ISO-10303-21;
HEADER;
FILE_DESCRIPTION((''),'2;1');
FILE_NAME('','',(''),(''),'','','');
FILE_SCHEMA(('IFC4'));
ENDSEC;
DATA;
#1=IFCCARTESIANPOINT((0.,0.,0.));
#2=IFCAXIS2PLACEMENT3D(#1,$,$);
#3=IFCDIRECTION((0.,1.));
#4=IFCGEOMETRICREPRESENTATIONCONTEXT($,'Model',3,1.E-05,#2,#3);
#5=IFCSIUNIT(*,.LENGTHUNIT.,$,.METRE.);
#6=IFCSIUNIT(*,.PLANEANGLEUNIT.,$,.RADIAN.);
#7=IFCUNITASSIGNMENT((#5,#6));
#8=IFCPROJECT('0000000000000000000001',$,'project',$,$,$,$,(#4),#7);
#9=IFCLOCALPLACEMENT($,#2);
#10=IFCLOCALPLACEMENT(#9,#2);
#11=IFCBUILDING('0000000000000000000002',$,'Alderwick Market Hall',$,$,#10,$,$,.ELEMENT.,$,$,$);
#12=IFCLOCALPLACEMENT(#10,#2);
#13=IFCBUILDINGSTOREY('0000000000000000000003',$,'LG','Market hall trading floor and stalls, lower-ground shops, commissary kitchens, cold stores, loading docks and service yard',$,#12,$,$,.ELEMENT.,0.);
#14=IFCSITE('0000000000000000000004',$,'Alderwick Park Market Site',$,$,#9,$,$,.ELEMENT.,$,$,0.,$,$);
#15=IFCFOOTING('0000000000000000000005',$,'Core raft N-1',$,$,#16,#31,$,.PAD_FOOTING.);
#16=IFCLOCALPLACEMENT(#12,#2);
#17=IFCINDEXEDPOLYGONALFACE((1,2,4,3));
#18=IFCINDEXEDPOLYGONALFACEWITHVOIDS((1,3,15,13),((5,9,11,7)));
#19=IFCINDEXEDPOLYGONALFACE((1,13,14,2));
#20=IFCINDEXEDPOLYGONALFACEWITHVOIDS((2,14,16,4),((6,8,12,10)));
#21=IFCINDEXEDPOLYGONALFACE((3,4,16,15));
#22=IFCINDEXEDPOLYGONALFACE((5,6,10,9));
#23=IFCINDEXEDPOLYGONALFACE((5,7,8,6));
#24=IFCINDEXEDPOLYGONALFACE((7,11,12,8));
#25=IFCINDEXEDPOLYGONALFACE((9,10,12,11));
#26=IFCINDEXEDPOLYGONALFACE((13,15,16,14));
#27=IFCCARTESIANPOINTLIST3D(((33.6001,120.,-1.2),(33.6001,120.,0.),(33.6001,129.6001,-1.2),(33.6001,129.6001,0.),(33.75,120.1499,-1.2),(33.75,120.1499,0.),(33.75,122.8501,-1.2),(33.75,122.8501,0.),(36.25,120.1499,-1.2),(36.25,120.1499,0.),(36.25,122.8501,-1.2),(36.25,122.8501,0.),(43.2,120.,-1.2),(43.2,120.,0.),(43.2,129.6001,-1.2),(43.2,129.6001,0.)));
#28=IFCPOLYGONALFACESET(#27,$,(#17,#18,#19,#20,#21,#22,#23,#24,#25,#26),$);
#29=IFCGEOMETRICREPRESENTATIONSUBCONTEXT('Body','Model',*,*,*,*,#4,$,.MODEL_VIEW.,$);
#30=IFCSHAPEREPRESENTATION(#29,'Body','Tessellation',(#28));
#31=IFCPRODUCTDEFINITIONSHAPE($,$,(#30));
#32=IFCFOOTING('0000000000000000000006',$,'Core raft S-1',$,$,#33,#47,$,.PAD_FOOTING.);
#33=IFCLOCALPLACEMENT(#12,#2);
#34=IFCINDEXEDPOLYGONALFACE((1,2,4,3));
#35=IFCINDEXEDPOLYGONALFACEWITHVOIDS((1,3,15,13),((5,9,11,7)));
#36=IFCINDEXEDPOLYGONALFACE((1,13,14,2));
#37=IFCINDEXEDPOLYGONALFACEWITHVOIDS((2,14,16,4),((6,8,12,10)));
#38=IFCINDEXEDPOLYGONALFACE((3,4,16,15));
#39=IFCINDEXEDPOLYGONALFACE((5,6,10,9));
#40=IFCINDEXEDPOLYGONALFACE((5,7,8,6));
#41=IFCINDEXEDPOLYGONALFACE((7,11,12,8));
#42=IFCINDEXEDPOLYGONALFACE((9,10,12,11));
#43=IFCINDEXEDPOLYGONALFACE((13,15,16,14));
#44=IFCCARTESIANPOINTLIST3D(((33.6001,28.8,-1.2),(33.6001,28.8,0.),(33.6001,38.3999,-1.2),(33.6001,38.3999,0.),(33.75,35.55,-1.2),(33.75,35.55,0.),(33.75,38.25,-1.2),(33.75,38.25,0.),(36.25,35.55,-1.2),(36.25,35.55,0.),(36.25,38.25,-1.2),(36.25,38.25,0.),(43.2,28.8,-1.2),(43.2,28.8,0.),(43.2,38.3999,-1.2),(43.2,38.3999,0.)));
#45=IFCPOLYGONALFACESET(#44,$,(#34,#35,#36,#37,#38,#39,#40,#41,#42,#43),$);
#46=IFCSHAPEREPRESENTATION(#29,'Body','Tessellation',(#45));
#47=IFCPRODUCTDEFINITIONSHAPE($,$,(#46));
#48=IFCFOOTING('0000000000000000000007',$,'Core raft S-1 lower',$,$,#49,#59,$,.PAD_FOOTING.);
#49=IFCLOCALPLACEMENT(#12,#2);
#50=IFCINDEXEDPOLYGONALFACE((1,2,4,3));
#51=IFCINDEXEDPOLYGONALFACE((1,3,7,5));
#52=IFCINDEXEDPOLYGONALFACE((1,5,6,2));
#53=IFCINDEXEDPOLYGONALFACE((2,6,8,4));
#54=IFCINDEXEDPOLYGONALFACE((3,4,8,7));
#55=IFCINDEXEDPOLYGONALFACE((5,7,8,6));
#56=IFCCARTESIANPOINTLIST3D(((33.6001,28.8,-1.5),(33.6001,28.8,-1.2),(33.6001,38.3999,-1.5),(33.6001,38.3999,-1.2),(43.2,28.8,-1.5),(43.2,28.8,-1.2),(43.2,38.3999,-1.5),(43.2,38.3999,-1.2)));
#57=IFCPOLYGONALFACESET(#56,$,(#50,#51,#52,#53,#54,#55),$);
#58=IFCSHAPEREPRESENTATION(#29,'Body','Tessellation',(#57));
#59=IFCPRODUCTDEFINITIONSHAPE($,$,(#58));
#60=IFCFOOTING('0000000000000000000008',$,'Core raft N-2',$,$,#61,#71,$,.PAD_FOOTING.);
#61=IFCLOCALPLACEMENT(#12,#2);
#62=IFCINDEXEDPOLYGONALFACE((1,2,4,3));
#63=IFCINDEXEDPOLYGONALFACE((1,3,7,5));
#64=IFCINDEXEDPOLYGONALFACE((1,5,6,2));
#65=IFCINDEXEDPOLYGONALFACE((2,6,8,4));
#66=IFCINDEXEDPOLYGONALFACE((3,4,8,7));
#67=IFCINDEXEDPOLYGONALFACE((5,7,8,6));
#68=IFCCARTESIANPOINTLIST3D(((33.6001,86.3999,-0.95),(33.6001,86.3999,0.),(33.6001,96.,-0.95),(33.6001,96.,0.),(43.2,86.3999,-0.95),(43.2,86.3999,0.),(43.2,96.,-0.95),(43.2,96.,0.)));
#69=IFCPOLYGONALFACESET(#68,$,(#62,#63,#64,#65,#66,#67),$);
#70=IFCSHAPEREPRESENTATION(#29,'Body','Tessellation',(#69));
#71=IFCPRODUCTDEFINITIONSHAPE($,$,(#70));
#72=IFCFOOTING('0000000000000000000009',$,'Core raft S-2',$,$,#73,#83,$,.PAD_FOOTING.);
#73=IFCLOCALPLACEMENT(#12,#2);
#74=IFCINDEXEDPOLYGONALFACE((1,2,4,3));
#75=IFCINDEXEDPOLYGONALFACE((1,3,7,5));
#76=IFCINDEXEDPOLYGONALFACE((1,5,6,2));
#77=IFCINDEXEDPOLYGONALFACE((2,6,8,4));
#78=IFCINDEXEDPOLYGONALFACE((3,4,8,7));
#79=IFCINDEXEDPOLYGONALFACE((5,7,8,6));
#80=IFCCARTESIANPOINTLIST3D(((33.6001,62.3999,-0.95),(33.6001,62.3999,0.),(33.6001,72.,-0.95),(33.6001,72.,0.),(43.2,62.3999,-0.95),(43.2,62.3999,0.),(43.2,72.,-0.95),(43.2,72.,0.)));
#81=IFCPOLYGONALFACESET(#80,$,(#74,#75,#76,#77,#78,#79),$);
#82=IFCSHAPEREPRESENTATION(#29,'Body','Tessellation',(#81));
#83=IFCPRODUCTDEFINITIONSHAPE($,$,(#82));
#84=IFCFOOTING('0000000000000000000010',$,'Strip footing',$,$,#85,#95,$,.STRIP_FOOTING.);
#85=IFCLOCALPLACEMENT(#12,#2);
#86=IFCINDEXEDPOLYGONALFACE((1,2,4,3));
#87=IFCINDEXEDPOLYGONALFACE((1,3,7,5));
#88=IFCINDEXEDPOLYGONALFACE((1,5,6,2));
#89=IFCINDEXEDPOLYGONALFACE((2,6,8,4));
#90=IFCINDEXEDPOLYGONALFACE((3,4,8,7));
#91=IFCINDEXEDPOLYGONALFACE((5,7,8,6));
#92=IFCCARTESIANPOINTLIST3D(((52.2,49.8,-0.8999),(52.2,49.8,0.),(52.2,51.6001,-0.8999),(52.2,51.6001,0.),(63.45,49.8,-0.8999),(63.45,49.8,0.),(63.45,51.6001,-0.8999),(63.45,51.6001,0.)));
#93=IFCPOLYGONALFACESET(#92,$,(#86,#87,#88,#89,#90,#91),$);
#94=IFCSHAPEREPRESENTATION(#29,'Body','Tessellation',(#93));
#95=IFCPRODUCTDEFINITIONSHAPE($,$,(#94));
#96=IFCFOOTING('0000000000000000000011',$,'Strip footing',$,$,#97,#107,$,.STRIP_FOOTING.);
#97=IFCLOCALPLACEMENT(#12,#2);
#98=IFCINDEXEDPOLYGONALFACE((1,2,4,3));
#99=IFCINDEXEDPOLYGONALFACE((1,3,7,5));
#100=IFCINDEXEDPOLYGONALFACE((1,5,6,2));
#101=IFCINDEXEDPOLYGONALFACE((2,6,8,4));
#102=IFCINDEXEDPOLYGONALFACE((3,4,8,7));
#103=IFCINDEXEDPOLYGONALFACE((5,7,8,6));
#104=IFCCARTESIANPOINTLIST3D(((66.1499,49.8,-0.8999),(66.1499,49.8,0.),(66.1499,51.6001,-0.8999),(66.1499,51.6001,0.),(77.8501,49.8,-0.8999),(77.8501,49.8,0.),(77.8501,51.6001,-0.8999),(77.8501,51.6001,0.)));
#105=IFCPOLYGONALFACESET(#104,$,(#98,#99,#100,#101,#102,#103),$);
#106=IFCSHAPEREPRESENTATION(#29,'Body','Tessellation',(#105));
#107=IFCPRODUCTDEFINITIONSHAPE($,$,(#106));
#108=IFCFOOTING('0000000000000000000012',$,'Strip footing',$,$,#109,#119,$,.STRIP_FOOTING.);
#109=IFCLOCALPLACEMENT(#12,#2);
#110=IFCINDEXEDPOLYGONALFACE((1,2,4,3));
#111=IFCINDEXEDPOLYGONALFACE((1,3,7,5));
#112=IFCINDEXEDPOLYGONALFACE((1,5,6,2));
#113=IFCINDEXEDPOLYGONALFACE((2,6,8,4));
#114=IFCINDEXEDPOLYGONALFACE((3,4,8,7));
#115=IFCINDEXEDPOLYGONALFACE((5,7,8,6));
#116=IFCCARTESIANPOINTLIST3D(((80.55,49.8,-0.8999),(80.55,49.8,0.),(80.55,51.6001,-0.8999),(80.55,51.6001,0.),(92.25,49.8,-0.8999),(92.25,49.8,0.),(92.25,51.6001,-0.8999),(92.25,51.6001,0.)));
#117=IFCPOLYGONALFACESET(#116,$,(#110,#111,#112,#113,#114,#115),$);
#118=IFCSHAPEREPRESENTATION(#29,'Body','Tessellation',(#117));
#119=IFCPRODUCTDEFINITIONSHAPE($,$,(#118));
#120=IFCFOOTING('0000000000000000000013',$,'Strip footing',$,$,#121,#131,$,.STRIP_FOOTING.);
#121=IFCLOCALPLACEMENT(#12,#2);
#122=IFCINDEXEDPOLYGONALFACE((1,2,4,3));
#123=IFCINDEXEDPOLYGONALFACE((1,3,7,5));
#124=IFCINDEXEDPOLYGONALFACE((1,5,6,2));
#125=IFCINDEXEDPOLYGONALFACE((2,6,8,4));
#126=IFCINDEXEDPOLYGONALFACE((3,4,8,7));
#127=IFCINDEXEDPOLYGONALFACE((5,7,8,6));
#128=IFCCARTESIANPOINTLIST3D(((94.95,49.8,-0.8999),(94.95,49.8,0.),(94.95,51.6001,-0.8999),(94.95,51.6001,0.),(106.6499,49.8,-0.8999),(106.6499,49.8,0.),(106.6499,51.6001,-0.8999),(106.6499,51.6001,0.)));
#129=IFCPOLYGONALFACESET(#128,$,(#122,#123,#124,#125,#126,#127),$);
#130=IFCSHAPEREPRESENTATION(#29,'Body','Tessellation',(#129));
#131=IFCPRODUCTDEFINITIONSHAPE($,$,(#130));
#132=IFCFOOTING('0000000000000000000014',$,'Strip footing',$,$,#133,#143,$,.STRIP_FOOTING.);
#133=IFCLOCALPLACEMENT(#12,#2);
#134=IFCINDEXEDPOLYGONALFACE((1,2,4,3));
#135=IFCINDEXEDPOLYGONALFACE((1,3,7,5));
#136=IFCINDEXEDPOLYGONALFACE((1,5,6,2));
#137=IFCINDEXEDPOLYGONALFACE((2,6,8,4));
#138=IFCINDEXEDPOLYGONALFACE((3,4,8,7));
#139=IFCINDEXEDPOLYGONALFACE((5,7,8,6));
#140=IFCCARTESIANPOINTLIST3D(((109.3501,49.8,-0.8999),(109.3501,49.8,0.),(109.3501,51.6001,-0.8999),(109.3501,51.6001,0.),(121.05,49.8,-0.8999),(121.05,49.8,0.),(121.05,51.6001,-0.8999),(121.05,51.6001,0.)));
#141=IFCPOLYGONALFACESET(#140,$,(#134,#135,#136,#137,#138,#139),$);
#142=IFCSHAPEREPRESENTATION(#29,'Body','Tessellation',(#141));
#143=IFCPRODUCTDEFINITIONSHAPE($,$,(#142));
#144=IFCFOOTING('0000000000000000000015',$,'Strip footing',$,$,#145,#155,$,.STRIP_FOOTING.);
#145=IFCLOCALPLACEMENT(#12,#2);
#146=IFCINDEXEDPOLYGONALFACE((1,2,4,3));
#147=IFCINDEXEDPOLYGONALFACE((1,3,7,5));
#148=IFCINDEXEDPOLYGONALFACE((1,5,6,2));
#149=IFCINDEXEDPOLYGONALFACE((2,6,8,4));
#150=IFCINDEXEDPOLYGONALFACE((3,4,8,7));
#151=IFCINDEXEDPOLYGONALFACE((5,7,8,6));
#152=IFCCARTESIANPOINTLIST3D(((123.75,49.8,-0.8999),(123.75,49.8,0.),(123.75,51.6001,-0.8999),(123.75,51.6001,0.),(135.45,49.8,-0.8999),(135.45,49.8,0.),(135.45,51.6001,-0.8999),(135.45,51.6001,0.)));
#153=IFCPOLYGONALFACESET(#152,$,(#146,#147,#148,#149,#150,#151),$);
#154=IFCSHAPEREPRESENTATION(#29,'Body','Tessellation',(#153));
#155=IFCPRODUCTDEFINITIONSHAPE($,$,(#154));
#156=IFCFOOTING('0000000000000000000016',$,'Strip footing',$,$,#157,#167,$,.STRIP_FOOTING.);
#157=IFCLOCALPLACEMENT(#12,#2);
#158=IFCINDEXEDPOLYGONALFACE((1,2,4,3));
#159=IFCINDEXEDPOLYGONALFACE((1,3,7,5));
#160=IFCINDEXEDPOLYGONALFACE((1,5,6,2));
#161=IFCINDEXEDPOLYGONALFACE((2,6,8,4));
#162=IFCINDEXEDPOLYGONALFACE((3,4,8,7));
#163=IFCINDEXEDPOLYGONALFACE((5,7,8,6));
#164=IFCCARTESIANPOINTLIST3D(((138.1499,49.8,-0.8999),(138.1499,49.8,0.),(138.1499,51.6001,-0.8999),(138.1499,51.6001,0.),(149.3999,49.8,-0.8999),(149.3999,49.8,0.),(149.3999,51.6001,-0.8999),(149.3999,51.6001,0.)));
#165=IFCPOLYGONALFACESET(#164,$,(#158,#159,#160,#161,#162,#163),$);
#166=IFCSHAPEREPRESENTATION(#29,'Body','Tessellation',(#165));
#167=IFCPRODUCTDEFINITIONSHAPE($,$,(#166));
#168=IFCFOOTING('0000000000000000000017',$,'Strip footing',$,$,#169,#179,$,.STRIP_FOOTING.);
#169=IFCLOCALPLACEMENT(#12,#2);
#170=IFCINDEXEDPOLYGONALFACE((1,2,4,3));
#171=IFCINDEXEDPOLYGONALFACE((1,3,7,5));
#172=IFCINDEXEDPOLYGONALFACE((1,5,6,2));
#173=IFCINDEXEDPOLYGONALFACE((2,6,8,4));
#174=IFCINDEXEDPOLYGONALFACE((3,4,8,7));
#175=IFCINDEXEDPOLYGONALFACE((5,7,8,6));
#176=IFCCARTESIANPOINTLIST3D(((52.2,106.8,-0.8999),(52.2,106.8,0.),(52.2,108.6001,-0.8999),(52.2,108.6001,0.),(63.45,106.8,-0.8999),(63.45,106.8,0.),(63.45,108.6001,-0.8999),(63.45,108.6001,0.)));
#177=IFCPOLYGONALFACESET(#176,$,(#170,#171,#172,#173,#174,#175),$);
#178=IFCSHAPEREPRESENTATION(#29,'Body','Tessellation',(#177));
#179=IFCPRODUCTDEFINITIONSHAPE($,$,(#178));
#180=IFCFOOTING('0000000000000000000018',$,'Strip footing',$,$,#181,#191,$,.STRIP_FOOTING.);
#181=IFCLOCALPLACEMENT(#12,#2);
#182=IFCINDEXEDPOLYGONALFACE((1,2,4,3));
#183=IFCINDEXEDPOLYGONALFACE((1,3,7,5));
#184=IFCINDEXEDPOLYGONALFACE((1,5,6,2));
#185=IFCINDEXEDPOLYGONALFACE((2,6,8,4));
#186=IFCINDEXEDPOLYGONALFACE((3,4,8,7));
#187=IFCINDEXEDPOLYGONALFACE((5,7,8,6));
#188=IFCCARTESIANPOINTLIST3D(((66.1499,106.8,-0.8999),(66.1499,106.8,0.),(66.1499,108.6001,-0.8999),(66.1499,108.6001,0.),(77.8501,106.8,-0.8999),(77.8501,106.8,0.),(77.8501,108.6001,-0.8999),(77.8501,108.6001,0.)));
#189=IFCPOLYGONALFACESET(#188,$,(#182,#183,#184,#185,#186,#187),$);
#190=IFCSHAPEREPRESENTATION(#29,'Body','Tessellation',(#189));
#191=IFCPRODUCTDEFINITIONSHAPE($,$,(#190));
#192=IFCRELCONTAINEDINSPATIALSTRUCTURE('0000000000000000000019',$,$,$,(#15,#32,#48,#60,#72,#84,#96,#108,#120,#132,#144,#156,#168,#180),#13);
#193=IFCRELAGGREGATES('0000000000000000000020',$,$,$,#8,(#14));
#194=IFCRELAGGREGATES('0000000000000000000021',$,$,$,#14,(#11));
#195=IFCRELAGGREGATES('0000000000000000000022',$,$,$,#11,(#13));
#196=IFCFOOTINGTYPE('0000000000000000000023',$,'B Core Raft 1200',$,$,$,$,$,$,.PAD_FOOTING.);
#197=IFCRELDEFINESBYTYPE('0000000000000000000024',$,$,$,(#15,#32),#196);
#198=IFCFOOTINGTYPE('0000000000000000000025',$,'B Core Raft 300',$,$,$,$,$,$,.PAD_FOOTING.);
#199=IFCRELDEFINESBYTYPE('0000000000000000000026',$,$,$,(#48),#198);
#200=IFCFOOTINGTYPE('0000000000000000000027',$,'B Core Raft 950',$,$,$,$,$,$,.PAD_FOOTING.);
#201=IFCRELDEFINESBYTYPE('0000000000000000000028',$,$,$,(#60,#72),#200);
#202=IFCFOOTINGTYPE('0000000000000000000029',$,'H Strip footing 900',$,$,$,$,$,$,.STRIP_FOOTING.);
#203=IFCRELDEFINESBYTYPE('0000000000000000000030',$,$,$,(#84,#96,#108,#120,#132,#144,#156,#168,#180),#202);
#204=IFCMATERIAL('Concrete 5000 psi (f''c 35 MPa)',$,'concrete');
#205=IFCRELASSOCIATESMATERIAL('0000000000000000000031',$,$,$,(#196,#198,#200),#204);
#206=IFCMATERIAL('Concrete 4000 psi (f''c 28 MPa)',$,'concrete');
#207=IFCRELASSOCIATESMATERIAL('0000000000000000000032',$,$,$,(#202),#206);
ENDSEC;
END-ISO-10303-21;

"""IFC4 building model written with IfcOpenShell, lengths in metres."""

from ifc_helpers import new_model, si_unit, direction, frame, origin, place, context, subcontext, project, spatial, polyline, outline, extrude, material, type_object, element, save


model = new_model("IFC4")

# Units and contexts
model_context = context("Model", 3, precision=1e-05, world=origin(), true_north=direction((0.0, 1.0)))
body_context = subcontext(model_context, "Body", "Model", "MODEL_VIEW")
ifc_project = project(units=[si_unit("LENGTHUNIT", "METRE"), si_unit("PLANEANGLEUNIT", "RADIAN")], contexts=[model_context])

# Site, building, storey
site_placement = place(None, origin())
site = spatial("IfcSite", under=ifc_project, at=site_placement, Name="Alderwick Park Market Site", CompositionType="ELEMENT", RefElevation=0.0)
building_placement = place(site_placement, origin())
building = spatial("IfcBuilding", under=site, at=building_placement, Name="Alderwick Market Hall", CompositionType="ELEMENT")
storey_placement = place(building_placement, origin())
storey = spatial("IfcBuildingStorey", under=building, at=storey_placement, Name="LG", Description="Market hall trading floor and stalls, lower-ground shops, commissary kitchens, cold stores, loading docks and service yard", CompositionType="ELEMENT", Elevation=0.0)

# Footings
ifc_material_1 = material(Name="Concrete 5000 psi (f'c 35 MPa)", Category="concrete")
footing_type_1 = type_object("IfcFootingType", Name="B Core Raft 1200", PredefinedType="PAD_FOOTING", material=ifc_material_1)
footing_1_placement = place(storey_placement, frame((0.0, 0.0, -1.2)))
element("IfcFooting", 1, at=footing_1_placement, inside=storey, type_object=footing_type_1, Name="Core raft N-1", PredefinedType="PAD_FOOTING", context=body_context, shape_type="SweptSolid", body=[
    extrude(outline(polyline([(33.6001, 120.0), (33.6001, 129.6001), (43.2, 129.6001), (43.2, 120.0), (33.6001, 120.0)]), holes=[polyline([(36.25, 120.1499), (36.25, 122.8501), (33.75, 122.8501), (33.75, 120.1499), (36.25, 120.1499)])]), origin(), (0.0, 0.0, 1.0), 1.2),
])
footing_2_placement = place(storey_placement, frame((0.0, 0.0, -1.2)))
element("IfcFooting", 2, at=footing_2_placement, inside=storey, type_object=footing_type_1, Name="Core raft S-1", PredefinedType="PAD_FOOTING", context=body_context, shape_type="SweptSolid", body=[
    extrude(outline(polyline([(33.6001, 28.8), (33.6001, 38.3999), (43.2, 38.3999), (43.2, 28.8), (33.6001, 28.8)]), holes=[polyline([(36.25, 35.55), (36.25, 38.25), (33.75, 38.25), (33.75, 35.55), (36.25, 35.55)])]), origin(), (0.0, 0.0, 1.0), 1.2),
])
footing_type_2 = type_object("IfcFootingType", Name="B Core Raft 300", PredefinedType="PAD_FOOTING", material=ifc_material_1)
footing_3_placement = place(storey_placement, frame((0.0, 0.0, -1.5)))
element("IfcFooting", 3, at=footing_3_placement, inside=storey, type_object=footing_type_2, Name="Core raft S-1 lower", PredefinedType="PAD_FOOTING", context=body_context, shape_type="SweptSolid", body=[
    extrude(outline(polyline([(33.6001, 28.8), (43.2, 28.8), (43.2, 38.3999), (33.6001, 38.3999), (33.6001, 28.8)])), origin(), (0.0, 0.0, 1.0), 0.3),
])
footing_type_3 = type_object("IfcFootingType", Name="B Core Raft 950", PredefinedType="PAD_FOOTING", material=ifc_material_1)
footing_4_placement = place(storey_placement, frame((0.0, 0.0, -0.95)))
element("IfcFooting", 4, at=footing_4_placement, inside=storey, type_object=footing_type_3, Name="Core raft N-2", PredefinedType="PAD_FOOTING", context=body_context, shape_type="SweptSolid", body=[
    extrude(outline(polyline([(33.6001, 86.3999), (43.2, 86.3999), (43.2, 96.0), (33.6001, 96.0), (33.6001, 86.3999)])), origin(), (0.0, 0.0, 1.0), 0.95),
])
footing_5_placement = place(storey_placement, frame((0.0, 0.0, -0.95)))
element("IfcFooting", 5, at=footing_5_placement, inside=storey, type_object=footing_type_3, Name="Core raft S-2", PredefinedType="PAD_FOOTING", context=body_context, shape_type="SweptSolid", body=[
    extrude(outline(polyline([(33.6001, 62.3999), (43.2, 62.3999), (43.2, 72.0), (33.6001, 72.0), (33.6001, 62.3999)])), origin(), (0.0, 0.0, 1.0), 0.95),
])
ifc_material_2 = material(Name="Concrete 4000 psi (f'c 28 MPa)", Category="concrete")
footing_type_4 = type_object("IfcFootingType", Name="H Strip footing 900", PredefinedType="STRIP_FOOTING", material=ifc_material_2)
footing_6_placement = place(storey_placement, frame((0.0, 0.0, -0.8999)))
element("IfcFooting", 6, at=footing_6_placement, inside=storey, type_object=footing_type_4, Name="Strip footing", PredefinedType="STRIP_FOOTING", context=body_context, shape_type="SweptSolid", body=[
    extrude(outline(polyline([(63.45, 51.6001), (63.45, 49.8), (52.2, 49.8), (52.2, 51.6001), (63.45, 51.6001)])), origin(), (0.0, 0.0, 1.0), 0.8999),
])
footing_7_placement = place(storey_placement, frame((0.0, 0.0, -0.8999)))
element("IfcFooting", 7, at=footing_7_placement, inside=storey, type_object=footing_type_4, Name="Strip footing", PredefinedType="STRIP_FOOTING", context=body_context, shape_type="SweptSolid", body=[
    extrude(outline(polyline([(77.8501, 51.6001), (77.8501, 49.8), (66.1499, 49.8), (66.1499, 51.6001), (77.8501, 51.6001)])), origin(), (0.0, 0.0, 1.0), 0.8999),
])
footing_8_placement = place(storey_placement, frame((0.0, 0.0, -0.8999)))
element("IfcFooting", 8, at=footing_8_placement, inside=storey, type_object=footing_type_4, Name="Strip footing", PredefinedType="STRIP_FOOTING", context=body_context, shape_type="SweptSolid", body=[
    extrude(outline(polyline([(92.25, 51.6001), (92.25, 49.8), (80.55, 49.8), (80.55, 51.6001), (92.25, 51.6001)])), origin(), (0.0, 0.0, 1.0), 0.8999),
])
footing_9_placement = place(storey_placement, frame((0.0, 0.0, -0.8999)))
element("IfcFooting", 9, at=footing_9_placement, inside=storey, type_object=footing_type_4, Name="Strip footing", PredefinedType="STRIP_FOOTING", context=body_context, shape_type="SweptSolid", body=[
    extrude(outline(polyline([(106.6499, 51.6001), (106.6499, 49.8), (94.95, 49.8), (94.95, 51.6001), (106.6499, 51.6001)])), origin(), (0.0, 0.0, 1.0), 0.8999),
])
footing_10_placement = place(storey_placement, frame((0.0, 0.0, -0.8999)))
element("IfcFooting", 10, at=footing_10_placement, inside=storey, type_object=footing_type_4, Name="Strip footing", PredefinedType="STRIP_FOOTING", context=body_context, shape_type="SweptSolid", body=[
    extrude(outline(polyline([(121.05, 51.6001), (121.05, 49.8), (109.3501, 49.8), (109.3501, 51.6001), (121.05, 51.6001)])), origin(), (0.0, 0.0, 1.0), 0.8999),
])
footing_11_placement = place(storey_placement, frame((0.0, 0.0, -0.8999)))
element("IfcFooting", 11, at=footing_11_placement, inside=storey, type_object=footing_type_4, Name="Strip footing", PredefinedType="STRIP_FOOTING", context=body_context, shape_type="SweptSolid", body=[
    extrude(outline(polyline([(135.45, 51.6001), (135.45, 49.8), (123.75, 49.8), (123.75, 51.6001), (135.45, 51.6001)])), origin(), (0.0, 0.0, 1.0), 0.8999),
])
footing_12_placement = place(storey_placement, frame((0.0, 0.0, -0.8999)))
element("IfcFooting", 12, at=footing_12_placement, inside=storey, type_object=footing_type_4, Name="Strip footing", PredefinedType="STRIP_FOOTING", context=body_context, shape_type="SweptSolid", body=[
    extrude(outline(polyline([(149.3999, 51.6001), (149.3999, 49.8), (138.1499, 49.8), (138.1499, 51.6001), (149.3999, 51.6001)])), origin(), (0.0, 0.0, 1.0), 0.8999),
])
footing_13_placement = place(storey_placement, frame((0.0, 0.0, -0.8999)))
element("IfcFooting", 13, at=footing_13_placement, inside=storey, type_object=footing_type_4, Name="Strip footing", PredefinedType="STRIP_FOOTING", context=body_context, shape_type="SweptSolid", body=[
    extrude(outline(polyline([(63.45, 108.6001), (63.45, 106.8), (52.2, 106.8), (52.2, 108.6001), (63.45, 108.6001)])), origin(), (0.0, 0.0, 1.0), 0.8999),
])
footing_14_placement = place(storey_placement, frame((0.0, 0.0, -0.8999)))
element("IfcFooting", 14, at=footing_14_placement, inside=storey, type_object=footing_type_4, Name="Strip footing", PredefinedType="STRIP_FOOTING", context=body_context, shape_type="SweptSolid", body=[
    extrude(outline(polyline([(77.8501, 108.6001), (77.8501, 106.8), (66.1499, 106.8), (66.1499, 108.6001), (77.8501, 108.6001)])), origin(), (0.0, 0.0, 1.0), 0.8999),
])

save(model, "model.ifc")
